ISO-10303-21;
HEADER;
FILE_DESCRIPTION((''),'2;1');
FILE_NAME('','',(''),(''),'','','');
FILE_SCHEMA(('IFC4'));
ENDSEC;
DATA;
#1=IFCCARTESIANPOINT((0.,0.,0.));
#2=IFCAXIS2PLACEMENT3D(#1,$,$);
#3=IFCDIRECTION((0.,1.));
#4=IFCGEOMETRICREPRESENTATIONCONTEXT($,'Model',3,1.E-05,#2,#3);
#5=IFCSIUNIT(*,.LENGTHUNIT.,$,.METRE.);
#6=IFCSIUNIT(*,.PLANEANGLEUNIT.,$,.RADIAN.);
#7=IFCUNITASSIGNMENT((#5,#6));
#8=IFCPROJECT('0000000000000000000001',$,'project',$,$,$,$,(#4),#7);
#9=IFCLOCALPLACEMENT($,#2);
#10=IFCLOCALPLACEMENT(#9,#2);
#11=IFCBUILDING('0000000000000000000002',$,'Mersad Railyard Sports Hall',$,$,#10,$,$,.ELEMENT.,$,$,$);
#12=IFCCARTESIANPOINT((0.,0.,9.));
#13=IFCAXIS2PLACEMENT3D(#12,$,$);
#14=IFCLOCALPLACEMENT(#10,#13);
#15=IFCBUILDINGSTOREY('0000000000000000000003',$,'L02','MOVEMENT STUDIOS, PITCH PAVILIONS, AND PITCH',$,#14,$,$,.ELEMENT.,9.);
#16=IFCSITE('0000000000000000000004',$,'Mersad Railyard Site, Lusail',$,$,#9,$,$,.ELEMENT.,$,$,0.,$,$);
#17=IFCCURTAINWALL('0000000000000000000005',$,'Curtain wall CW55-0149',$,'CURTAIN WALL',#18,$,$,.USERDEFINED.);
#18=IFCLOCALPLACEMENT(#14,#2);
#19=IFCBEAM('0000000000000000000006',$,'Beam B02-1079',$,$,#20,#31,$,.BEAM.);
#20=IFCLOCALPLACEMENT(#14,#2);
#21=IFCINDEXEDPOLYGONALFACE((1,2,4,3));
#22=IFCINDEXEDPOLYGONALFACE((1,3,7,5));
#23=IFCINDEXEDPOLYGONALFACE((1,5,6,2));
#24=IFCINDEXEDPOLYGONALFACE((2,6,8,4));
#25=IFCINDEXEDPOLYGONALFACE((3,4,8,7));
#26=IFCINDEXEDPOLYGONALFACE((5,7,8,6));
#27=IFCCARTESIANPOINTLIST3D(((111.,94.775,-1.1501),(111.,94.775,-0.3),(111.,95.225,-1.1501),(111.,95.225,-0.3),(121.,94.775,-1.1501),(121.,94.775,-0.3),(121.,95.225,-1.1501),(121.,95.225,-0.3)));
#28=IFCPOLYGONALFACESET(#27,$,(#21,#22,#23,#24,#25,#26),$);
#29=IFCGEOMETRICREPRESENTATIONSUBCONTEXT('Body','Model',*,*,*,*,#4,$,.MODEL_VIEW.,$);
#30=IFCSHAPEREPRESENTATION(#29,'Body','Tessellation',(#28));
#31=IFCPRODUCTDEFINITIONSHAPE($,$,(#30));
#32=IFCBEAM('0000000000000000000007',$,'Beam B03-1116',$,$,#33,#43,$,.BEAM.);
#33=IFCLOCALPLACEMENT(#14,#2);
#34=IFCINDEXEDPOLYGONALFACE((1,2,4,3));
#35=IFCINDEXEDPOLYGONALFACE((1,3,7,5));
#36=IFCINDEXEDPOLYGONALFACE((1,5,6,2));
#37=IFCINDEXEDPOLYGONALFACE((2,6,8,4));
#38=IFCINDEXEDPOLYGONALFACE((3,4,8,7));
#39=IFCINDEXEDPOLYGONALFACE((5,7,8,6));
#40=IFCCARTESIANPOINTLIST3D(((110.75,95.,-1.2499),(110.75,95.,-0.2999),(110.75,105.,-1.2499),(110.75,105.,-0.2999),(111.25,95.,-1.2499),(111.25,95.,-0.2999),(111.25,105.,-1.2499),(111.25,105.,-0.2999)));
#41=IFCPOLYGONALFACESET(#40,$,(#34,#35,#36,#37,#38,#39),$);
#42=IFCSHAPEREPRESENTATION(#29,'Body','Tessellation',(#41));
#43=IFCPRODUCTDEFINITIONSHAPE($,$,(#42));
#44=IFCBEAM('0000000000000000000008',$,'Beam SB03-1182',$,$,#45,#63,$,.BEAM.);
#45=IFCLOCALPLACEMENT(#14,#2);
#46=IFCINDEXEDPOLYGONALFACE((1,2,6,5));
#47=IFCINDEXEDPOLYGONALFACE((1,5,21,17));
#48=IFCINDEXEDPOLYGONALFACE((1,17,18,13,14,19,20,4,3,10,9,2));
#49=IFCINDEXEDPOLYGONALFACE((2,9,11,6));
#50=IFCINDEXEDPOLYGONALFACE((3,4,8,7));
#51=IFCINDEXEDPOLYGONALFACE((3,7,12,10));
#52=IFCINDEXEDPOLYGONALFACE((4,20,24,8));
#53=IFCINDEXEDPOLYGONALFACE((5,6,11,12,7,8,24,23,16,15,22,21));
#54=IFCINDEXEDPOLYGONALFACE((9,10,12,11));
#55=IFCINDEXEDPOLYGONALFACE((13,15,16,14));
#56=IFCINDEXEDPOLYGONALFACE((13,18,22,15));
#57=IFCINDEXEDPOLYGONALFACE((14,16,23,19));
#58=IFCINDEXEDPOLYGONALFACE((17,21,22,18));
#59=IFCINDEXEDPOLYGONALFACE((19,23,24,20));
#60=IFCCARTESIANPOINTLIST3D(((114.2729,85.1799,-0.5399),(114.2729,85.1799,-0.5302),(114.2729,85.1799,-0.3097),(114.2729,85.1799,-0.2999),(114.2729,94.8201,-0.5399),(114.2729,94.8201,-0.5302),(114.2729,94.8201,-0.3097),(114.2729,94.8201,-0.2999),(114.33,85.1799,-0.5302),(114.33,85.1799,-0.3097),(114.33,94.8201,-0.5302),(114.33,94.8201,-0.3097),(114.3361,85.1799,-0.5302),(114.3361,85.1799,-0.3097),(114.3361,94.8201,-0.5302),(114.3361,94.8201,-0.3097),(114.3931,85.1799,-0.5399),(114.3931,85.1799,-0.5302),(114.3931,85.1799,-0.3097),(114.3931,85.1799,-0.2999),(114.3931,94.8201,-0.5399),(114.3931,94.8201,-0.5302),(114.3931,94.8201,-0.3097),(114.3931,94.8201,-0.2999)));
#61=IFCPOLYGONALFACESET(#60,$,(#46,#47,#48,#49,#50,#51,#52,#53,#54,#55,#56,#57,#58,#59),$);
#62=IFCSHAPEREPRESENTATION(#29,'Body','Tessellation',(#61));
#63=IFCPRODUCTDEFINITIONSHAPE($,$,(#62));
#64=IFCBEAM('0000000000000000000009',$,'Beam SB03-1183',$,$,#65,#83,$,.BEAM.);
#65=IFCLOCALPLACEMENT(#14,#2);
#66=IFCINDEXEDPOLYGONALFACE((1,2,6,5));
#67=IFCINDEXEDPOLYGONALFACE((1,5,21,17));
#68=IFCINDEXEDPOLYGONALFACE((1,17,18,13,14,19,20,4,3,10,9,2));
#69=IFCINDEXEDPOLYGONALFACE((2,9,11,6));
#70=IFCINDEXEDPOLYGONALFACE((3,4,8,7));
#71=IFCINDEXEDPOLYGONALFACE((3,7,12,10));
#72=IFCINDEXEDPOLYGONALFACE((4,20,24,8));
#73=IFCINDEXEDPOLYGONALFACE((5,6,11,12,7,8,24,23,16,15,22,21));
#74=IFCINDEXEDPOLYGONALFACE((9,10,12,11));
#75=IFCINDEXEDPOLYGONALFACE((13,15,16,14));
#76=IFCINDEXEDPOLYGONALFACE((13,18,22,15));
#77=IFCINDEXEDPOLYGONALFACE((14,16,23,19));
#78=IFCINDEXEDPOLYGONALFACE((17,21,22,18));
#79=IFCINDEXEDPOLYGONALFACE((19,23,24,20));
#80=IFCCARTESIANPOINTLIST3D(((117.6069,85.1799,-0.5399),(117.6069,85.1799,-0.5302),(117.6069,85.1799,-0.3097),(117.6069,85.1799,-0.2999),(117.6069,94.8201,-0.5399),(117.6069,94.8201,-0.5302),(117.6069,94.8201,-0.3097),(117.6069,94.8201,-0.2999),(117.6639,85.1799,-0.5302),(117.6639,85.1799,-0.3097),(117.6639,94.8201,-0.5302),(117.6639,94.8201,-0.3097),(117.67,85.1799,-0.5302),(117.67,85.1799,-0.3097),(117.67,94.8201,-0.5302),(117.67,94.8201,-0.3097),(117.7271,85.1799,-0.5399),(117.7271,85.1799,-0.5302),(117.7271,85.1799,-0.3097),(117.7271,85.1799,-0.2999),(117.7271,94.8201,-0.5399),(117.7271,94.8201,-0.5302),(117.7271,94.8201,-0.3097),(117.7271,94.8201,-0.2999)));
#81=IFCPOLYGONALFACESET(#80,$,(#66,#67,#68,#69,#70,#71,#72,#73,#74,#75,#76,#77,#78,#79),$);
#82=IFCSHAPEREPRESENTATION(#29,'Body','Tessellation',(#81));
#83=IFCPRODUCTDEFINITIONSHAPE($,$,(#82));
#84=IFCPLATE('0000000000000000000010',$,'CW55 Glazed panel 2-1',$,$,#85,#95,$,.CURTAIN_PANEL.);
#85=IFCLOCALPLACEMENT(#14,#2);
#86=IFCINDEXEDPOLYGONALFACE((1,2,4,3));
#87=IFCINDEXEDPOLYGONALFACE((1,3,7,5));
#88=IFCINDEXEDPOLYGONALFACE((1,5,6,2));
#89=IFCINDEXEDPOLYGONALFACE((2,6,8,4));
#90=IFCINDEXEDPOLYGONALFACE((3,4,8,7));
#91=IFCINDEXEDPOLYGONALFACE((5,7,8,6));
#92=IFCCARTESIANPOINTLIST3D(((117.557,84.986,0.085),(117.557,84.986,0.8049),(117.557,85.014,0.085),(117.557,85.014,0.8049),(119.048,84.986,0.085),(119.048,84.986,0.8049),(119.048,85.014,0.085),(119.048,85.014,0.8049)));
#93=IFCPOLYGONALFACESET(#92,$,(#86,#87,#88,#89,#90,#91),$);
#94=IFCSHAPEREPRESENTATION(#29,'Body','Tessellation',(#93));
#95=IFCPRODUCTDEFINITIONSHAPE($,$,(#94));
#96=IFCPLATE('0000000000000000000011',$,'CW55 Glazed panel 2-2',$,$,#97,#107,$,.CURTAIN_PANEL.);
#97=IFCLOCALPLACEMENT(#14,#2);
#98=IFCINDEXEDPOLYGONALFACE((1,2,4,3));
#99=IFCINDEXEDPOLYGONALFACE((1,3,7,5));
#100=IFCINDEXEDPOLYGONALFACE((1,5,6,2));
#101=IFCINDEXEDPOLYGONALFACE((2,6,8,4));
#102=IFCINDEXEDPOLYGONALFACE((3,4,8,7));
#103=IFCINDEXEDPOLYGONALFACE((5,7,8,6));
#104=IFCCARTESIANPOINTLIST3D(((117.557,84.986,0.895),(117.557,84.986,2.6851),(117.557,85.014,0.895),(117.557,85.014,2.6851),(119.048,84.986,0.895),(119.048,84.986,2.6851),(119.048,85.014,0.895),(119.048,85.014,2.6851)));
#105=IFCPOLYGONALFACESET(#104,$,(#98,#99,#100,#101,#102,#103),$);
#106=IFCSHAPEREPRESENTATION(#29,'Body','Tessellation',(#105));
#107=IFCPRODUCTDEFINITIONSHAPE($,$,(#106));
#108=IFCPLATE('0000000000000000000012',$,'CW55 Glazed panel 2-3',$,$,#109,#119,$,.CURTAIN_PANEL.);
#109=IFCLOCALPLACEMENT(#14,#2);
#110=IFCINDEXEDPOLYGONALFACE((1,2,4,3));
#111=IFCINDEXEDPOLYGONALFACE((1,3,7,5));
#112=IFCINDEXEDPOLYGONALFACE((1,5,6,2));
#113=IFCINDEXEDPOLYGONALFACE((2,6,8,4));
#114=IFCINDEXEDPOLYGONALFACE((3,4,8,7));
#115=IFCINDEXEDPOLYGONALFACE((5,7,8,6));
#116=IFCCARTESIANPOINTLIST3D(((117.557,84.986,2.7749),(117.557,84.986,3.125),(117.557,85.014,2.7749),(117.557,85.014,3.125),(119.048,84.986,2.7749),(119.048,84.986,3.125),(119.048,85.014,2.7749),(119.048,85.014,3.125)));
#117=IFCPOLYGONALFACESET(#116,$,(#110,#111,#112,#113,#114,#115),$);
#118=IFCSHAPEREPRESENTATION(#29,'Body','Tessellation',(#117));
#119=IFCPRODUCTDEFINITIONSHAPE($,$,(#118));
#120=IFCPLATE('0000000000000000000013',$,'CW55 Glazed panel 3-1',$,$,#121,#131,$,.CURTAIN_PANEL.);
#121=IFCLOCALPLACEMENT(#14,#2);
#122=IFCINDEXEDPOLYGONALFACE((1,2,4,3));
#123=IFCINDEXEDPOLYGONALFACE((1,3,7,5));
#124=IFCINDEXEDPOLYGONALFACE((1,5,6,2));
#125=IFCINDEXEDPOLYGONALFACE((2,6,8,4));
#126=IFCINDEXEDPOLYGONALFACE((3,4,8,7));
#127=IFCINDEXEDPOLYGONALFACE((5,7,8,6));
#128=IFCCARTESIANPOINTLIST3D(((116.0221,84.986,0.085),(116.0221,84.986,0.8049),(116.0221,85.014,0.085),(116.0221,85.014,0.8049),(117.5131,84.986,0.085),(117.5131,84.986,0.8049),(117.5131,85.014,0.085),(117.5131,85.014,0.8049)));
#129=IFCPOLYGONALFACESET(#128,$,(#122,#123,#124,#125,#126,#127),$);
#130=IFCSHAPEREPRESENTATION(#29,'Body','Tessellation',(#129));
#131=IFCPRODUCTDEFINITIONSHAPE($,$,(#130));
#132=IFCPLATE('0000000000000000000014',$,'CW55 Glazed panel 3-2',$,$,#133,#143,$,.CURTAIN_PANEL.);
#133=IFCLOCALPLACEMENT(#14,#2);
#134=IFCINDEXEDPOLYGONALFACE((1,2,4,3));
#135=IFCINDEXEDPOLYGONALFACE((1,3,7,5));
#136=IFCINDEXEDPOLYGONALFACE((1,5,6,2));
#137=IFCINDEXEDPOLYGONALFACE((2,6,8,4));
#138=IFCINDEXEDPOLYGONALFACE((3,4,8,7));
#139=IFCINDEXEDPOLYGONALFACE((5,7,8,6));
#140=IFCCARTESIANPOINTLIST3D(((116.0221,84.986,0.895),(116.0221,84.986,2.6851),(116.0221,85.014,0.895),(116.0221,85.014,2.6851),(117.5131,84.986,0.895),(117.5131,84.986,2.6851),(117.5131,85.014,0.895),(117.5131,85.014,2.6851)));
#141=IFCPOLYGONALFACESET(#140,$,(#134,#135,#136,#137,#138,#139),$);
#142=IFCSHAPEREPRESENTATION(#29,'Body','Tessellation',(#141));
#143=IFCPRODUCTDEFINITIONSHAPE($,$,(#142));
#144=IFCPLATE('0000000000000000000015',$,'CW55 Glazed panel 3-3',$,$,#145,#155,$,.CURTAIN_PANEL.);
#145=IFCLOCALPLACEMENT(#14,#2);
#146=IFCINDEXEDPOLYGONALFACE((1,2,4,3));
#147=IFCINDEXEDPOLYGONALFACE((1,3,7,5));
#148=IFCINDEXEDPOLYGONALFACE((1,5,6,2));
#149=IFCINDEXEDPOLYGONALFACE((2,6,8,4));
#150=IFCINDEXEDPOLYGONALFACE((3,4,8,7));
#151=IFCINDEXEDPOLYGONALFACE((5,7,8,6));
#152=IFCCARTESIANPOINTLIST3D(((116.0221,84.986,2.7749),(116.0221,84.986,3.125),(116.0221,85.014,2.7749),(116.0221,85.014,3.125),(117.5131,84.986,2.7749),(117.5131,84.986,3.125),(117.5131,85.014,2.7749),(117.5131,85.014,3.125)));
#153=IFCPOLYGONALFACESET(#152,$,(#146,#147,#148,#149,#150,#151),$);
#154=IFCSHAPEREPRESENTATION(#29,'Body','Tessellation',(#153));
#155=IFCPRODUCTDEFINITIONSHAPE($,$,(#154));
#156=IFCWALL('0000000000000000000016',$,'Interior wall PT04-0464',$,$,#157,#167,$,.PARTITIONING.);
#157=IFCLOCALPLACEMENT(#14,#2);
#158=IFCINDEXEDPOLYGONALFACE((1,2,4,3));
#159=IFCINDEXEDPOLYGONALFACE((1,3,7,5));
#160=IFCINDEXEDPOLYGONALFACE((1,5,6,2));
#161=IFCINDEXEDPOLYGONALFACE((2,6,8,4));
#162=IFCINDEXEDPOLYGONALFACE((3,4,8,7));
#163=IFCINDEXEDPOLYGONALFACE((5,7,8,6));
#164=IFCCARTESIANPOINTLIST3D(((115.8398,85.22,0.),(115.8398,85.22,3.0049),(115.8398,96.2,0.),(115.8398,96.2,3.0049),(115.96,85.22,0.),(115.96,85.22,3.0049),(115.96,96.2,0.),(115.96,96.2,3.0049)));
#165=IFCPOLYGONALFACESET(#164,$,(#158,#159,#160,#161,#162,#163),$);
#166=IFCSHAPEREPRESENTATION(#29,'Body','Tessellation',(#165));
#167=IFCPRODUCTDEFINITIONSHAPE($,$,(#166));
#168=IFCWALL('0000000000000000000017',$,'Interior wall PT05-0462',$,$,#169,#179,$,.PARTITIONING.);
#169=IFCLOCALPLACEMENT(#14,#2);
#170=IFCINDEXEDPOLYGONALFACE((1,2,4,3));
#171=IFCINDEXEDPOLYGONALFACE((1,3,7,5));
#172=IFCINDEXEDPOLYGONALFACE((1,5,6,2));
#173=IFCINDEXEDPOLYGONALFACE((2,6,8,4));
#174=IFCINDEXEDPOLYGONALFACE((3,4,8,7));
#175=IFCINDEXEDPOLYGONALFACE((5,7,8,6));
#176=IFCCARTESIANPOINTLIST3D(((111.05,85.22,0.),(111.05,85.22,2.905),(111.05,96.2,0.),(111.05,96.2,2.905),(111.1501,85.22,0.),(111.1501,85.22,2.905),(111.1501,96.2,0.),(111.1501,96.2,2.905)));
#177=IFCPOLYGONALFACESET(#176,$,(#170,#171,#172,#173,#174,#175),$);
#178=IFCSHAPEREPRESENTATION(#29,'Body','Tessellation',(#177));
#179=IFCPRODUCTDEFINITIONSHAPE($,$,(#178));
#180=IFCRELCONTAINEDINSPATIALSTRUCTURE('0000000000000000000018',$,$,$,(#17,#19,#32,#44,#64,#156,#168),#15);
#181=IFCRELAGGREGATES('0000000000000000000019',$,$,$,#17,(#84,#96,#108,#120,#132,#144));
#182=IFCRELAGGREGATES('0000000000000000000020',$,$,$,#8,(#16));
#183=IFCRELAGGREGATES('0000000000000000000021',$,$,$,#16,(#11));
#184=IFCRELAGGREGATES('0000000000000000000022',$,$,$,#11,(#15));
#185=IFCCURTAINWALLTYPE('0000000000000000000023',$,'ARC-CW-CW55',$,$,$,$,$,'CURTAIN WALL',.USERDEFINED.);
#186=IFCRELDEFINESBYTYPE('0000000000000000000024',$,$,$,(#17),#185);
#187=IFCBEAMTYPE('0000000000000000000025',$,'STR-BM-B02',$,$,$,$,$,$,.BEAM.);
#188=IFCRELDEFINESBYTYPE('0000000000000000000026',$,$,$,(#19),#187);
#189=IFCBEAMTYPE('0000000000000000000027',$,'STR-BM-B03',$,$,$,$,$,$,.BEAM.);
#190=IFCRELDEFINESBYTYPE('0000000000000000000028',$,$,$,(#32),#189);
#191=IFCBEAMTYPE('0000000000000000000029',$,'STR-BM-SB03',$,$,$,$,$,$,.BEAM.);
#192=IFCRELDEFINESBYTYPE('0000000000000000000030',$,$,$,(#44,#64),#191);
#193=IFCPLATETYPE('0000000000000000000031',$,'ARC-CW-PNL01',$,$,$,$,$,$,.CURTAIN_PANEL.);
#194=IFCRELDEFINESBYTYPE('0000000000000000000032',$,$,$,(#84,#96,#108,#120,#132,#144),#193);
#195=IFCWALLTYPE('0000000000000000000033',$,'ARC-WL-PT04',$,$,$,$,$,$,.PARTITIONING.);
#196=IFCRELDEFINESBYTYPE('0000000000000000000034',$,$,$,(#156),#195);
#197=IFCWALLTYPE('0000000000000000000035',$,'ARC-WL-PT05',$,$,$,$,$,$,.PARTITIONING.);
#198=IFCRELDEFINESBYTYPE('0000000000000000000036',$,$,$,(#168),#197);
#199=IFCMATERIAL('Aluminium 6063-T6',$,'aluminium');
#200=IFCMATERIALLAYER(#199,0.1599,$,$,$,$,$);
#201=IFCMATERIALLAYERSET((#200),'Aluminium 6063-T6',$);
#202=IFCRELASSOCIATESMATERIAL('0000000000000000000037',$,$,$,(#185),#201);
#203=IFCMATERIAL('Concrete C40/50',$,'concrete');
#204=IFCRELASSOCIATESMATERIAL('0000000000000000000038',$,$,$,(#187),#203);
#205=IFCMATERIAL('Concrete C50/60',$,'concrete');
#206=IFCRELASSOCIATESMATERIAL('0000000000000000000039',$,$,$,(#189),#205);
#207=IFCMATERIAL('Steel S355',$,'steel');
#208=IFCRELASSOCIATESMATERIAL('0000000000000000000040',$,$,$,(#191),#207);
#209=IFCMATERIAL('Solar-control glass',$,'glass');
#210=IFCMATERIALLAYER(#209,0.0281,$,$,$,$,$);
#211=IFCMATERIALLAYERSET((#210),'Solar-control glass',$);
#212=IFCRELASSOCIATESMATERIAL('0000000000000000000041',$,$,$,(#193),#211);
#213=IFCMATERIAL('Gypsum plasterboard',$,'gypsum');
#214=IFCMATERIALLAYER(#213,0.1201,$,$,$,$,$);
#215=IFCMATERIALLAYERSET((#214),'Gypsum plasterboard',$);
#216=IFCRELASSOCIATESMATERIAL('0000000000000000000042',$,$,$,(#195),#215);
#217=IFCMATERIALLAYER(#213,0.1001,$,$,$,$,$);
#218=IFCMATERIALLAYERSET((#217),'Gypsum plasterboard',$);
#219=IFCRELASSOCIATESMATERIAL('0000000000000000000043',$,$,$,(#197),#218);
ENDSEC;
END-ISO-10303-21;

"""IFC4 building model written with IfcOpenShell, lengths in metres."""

from ifc_helpers import new_model, si_unit, direction, frame, frame_2d, origin, origin_2d, place, context, subcontext, project, spatial, rectangle, i_section, extrude, material, layer, layer_set, material_profile, profile_set, type_object, element, aggregate, save


model = new_model("IFC4")

# Units and contexts
model_context = context("Model", 3, precision=1e-05, world=origin(), true_north=direction((0.0, 1.0)))
body_context = subcontext(model_context, "Body", "Model", "MODEL_VIEW")
ifc_project = project(units=[si_unit("LENGTHUNIT", "METRE"), si_unit("PLANEANGLEUNIT", "RADIAN")], contexts=[model_context])

# Site, building, storey
site_placement = place(None, origin())
site = spatial("IfcSite", under=ifc_project, at=site_placement, Name="Mersad Railyard Site, Lusail", CompositionType="ELEMENT", RefElevation=0.0)
building_placement = place(site_placement, origin())
building = spatial("IfcBuilding", under=site, at=building_placement, Name="Mersad Railyard Sports Hall", CompositionType="ELEMENT")
storey_placement = place(building_placement, frame((0.0, 0.0, 9.0)))
storey = spatial("IfcBuildingStorey", under=building, at=storey_placement, Name="L02", Description="MOVEMENT STUDIOS, PITCH PAVILIONS, AND PITCH", CompositionType="ELEMENT", Elevation=9.0)

# Shared definitions
ifc_material_1 = material(Name="Concrete C50/60", Category="concrete")

# Curtain wall
ifc_material_2 = material(Name="Aluminium 6063-T6", Category="aluminium")
ifc_layer_1 = layer(ifc_material_2, 0.1599)
ifc_layer_set_1 = layer_set([ifc_layer_1], Name="Aluminium 6063-T6")
curtain_wall_type = type_object("IfcCurtainWallType", Name="ARC-CW-CW55", ElementType="CURTAIN WALL", PredefinedType="USERDEFINED", material=ifc_layer_set_1)
curtain_wall_placement = place(storey_placement, origin())
curtain_wall = element("IfcCurtainWall", 1, at=curtain_wall_placement, inside=storey, type_object=curtain_wall_type, Name="Curtain wall CW55-0149", ObjectType="CURTAIN WALL", PredefinedType="USERDEFINED")

# Beams
ifc_material_3 = material(Name="Concrete C40/50", Category="concrete")
ifc_material_profile_1 = material_profile(ifc_material_3, rectangle(XDim=0.45, YDim=0.8501, at=origin_2d()), Name="RC 450x850")
ifc_profile_set_1 = profile_set([ifc_material_profile_1], Name="Concrete C40/50")
beam_type_1 = type_object("IfcBeamType", Name="STR-BM-B02", PredefinedType="BEAM", material=ifc_profile_set_1)
beam_1_placement = place(storey_placement, frame((111.0, 95.0, -0.7251), z_axis=(1.0, 0.0, 0.0), x_axis=(0.0, 1.0, 0.0)))
element("IfcBeam", 2, at=beam_1_placement, inside=storey, type_object=beam_type_1, Name="Beam B02-1079", PredefinedType="BEAM", context=body_context, shape_type="SweptSolid", body=[
    extrude(rectangle(XDim=0.45, YDim=0.8501, at=origin_2d()), origin(), (0.0, 0.0, 1.0), 10.0),
])
ifc_material_profile_2 = material_profile(ifc_material_1, rectangle(XDim=0.5, YDim=0.95, at=origin_2d()), Name="RC 500x950")
ifc_profile_set_2 = profile_set([ifc_material_profile_2], Name="Concrete C50/60")
beam_type_2 = type_object("IfcBeamType", Name="STR-BM-B03", PredefinedType="BEAM", material=ifc_profile_set_2)
beam_2_placement = place(storey_placement, frame((111.0, 95.0, -0.7749), z_axis=(0.0, 1.0, 0.0), x_axis=(-1.0, 0.0, 0.0)))
element("IfcBeam", 3, at=beam_2_placement, inside=storey, type_object=beam_type_2, Name="Beam B03-1116", PredefinedType="BEAM", context=body_context, shape_type="SweptSolid", body=[
    extrude(rectangle(XDim=0.5, YDim=0.95, at=origin_2d()), origin(), (0.0, 0.0, 1.0), 10.0),
])
ifc_material_4 = material(Name="Steel S355", Category="steel")
ifc_material_profile_3 = material_profile(ifc_material_4, i_section(OverallWidth=0.1201, OverallDepth=0.24, WebThickness=0.0061, FlangeThickness=0.0098, at=origin_2d()), Name="IPE 240")
ifc_profile_set_3 = profile_set([ifc_material_profile_3], Name="Steel S355")
beam_type_3 = type_object("IfcBeamType", Name="STR-BM-SB03", PredefinedType="BEAM", material=ifc_profile_set_3)
for number, where, z_axis, x_axis, name in (
    (4, (114.333, 85.1799, -0.4199), (0.0, 1.0, 0.0), (-1.0, 0.0, 0.0), "Beam SB03-1182"),
    (5, (117.667, 85.1799, -0.4199), (0.0, 1.0, 0.0), (-1.0, 0.0, 0.0), "Beam SB03-1183"),
):
    element("IfcBeam", number, at=place(storey_placement, frame(where, z_axis=z_axis, x_axis=x_axis)), inside=storey, type_object=beam_type_3, Name=name, PredefinedType="BEAM", context=body_context, shape_type="SweptSolid", body=[
        extrude(i_section(OverallWidth=0.1201, OverallDepth=0.24, WebThickness=0.0061, FlangeThickness=0.0098, at=origin_2d()), origin(), (0.0, 0.0, 1.0), 9.6401),
    ])

# Plates
ifc_material_5 = material(Name="Solar-control glass", Category="glass")
ifc_layer_2 = layer(ifc_material_5, 0.0281)
ifc_layer_set_2 = layer_set([ifc_layer_2], Name="Solar-control glass")
plate_type = type_object("IfcPlateType", Name="ARC-CW-PNL01", PredefinedType="CURTAIN_PANEL", material=ifc_layer_set_2)
plate_1_placement = place(storey_placement, frame((118.3025, 85.0, 0.085), z_axis=(0.0, 0.0, 1.0), x_axis=(-1.0, 0.0, 0.0)))
plate_1 = element("IfcPlate", 6, at=plate_1_placement, type_object=plate_type, Name="CW55 Glazed panel 2-1", PredefinedType="CURTAIN_PANEL", context=body_context, shape_type="SweptSolid", body=[
    extrude(rectangle(XDim=1.491, YDim=0.0281, at=origin_2d()), origin(), (0.0, 0.0, 1.0), 0.72),
])
plate_2_placement = place(storey_placement, frame((118.3025, 85.0, 0.895), z_axis=(0.0, 0.0, 1.0), x_axis=(-1.0, 0.0, 0.0)))
plate_2 = element("IfcPlate", 7, at=plate_2_placement, type_object=plate_type, Name="CW55 Glazed panel 2-2", PredefinedType="CURTAIN_PANEL", context=body_context, shape_type="SweptSolid", body=[
    extrude(rectangle(XDim=1.491, YDim=0.0281, at=origin_2d()), origin(), (0.0, 0.0, 1.0), 1.79),
])
plate_3_placement = place(storey_placement, frame((118.3025, 85.0, 2.7749), z_axis=(0.0, 0.0, 1.0), x_axis=(-1.0, 0.0, 0.0)))
plate_3 = element("IfcPlate", 8, at=plate_3_placement, type_object=plate_type, Name="CW55 Glazed panel 2-3", PredefinedType="CURTAIN_PANEL", context=body_context, shape_type="SweptSolid", body=[
    extrude(rectangle(XDim=1.491, YDim=0.0281, at=origin_2d()), origin(), (0.0, 0.0, 1.0), 0.3501),
])
plate_4_placement = place(storey_placement, frame((116.7676, 85.0, 0.085), z_axis=(0.0, 0.0, 1.0), x_axis=(-1.0, 0.0, 0.0)))
plate_4 = element("IfcPlate", 9, at=plate_4_placement, type_object=plate_type, Name="CW55 Glazed panel 3-1", PredefinedType="CURTAIN_PANEL", context=body_context, shape_type="SweptSolid", body=[
    extrude(rectangle(XDim=1.491, YDim=0.0281, at=origin_2d()), origin(), (0.0, 0.0, 1.0), 0.72),
])
plate_5_placement = place(storey_placement, frame((116.7676, 85.0, 0.895), z_axis=(0.0, 0.0, 1.0), x_axis=(-1.0, 0.0, 0.0)))
plate_5 = element("IfcPlate", 10, at=plate_5_placement, type_object=plate_type, Name="CW55 Glazed panel 3-2", PredefinedType="CURTAIN_PANEL", context=body_context, shape_type="SweptSolid", body=[
    extrude(rectangle(XDim=1.491, YDim=0.0281, at=origin_2d()), origin(), (0.0, 0.0, 1.0), 1.79),
])
plate_6_placement = place(storey_placement, frame((116.7676, 85.0, 2.7749), z_axis=(0.0, 0.0, 1.0), x_axis=(-1.0, 0.0, 0.0)))
plate_6 = element("IfcPlate", 11, at=plate_6_placement, type_object=plate_type, Name="CW55 Glazed panel 3-3", PredefinedType="CURTAIN_PANEL", context=body_context, shape_type="SweptSolid", body=[
    extrude(rectangle(XDim=1.491, YDim=0.0281, at=origin_2d()), origin(), (0.0, 0.0, 1.0), 0.3501),
])
aggregate(curtain_wall, [plate_1, plate_2, plate_3, plate_4, plate_5, plate_6])

# Walls
ifc_material_6 = material(Name="Gypsum plasterboard", Category="gypsum")
ifc_layer_3 = layer(ifc_material_6, 0.1201)
ifc_layer_set_3 = layer_set([ifc_layer_3], Name="Gypsum plasterboard")
wall_type_1 = type_object("IfcWallType", Name="ARC-WL-PT04", PredefinedType="PARTITIONING", material=ifc_layer_set_3)
wall_1_placement = place(storey_placement, frame((115.8999, 85.22, 0.0), z_axis=(0.0, 0.0, 1.0), x_axis=(0.0, 1.0, 0.0)))
element("IfcWall", 12, at=wall_1_placement, inside=storey, type_object=wall_type_1, Name="Interior wall PT04-0464", PredefinedType="PARTITIONING", context=body_context, shape_type="SweptSolid", body=[
    extrude(rectangle(XDim=10.98, YDim=0.1201, at=frame_2d((5.49, 0.0))), origin(), (0.0, 0.0, 1.0), 3.0049),
])
ifc_layer_4 = layer(ifc_material_6, 0.1001)
ifc_layer_set_4 = layer_set([ifc_layer_4], Name="Gypsum plasterboard")
wall_type_2 = type_object("IfcWallType", Name="ARC-WL-PT05", PredefinedType="PARTITIONING", material=ifc_layer_set_4)
wall_2_placement = place(storey_placement, frame((111.1001, 85.22, 0.0), z_axis=(0.0, 0.0, 1.0), x_axis=(0.0, 1.0, 0.0)))
element("IfcWall", 13, at=wall_2_placement, inside=storey, type_object=wall_type_2, Name="Interior wall PT05-0462", PredefinedType="PARTITIONING", context=body_context, shape_type="SweptSolid", body=[
    extrude(rectangle(XDim=10.98, YDim=0.1001, at=frame_2d((5.49, 0.0))), origin(), (0.0, 0.0, 1.0), 2.905),
])

save(model, "model.ifc")
